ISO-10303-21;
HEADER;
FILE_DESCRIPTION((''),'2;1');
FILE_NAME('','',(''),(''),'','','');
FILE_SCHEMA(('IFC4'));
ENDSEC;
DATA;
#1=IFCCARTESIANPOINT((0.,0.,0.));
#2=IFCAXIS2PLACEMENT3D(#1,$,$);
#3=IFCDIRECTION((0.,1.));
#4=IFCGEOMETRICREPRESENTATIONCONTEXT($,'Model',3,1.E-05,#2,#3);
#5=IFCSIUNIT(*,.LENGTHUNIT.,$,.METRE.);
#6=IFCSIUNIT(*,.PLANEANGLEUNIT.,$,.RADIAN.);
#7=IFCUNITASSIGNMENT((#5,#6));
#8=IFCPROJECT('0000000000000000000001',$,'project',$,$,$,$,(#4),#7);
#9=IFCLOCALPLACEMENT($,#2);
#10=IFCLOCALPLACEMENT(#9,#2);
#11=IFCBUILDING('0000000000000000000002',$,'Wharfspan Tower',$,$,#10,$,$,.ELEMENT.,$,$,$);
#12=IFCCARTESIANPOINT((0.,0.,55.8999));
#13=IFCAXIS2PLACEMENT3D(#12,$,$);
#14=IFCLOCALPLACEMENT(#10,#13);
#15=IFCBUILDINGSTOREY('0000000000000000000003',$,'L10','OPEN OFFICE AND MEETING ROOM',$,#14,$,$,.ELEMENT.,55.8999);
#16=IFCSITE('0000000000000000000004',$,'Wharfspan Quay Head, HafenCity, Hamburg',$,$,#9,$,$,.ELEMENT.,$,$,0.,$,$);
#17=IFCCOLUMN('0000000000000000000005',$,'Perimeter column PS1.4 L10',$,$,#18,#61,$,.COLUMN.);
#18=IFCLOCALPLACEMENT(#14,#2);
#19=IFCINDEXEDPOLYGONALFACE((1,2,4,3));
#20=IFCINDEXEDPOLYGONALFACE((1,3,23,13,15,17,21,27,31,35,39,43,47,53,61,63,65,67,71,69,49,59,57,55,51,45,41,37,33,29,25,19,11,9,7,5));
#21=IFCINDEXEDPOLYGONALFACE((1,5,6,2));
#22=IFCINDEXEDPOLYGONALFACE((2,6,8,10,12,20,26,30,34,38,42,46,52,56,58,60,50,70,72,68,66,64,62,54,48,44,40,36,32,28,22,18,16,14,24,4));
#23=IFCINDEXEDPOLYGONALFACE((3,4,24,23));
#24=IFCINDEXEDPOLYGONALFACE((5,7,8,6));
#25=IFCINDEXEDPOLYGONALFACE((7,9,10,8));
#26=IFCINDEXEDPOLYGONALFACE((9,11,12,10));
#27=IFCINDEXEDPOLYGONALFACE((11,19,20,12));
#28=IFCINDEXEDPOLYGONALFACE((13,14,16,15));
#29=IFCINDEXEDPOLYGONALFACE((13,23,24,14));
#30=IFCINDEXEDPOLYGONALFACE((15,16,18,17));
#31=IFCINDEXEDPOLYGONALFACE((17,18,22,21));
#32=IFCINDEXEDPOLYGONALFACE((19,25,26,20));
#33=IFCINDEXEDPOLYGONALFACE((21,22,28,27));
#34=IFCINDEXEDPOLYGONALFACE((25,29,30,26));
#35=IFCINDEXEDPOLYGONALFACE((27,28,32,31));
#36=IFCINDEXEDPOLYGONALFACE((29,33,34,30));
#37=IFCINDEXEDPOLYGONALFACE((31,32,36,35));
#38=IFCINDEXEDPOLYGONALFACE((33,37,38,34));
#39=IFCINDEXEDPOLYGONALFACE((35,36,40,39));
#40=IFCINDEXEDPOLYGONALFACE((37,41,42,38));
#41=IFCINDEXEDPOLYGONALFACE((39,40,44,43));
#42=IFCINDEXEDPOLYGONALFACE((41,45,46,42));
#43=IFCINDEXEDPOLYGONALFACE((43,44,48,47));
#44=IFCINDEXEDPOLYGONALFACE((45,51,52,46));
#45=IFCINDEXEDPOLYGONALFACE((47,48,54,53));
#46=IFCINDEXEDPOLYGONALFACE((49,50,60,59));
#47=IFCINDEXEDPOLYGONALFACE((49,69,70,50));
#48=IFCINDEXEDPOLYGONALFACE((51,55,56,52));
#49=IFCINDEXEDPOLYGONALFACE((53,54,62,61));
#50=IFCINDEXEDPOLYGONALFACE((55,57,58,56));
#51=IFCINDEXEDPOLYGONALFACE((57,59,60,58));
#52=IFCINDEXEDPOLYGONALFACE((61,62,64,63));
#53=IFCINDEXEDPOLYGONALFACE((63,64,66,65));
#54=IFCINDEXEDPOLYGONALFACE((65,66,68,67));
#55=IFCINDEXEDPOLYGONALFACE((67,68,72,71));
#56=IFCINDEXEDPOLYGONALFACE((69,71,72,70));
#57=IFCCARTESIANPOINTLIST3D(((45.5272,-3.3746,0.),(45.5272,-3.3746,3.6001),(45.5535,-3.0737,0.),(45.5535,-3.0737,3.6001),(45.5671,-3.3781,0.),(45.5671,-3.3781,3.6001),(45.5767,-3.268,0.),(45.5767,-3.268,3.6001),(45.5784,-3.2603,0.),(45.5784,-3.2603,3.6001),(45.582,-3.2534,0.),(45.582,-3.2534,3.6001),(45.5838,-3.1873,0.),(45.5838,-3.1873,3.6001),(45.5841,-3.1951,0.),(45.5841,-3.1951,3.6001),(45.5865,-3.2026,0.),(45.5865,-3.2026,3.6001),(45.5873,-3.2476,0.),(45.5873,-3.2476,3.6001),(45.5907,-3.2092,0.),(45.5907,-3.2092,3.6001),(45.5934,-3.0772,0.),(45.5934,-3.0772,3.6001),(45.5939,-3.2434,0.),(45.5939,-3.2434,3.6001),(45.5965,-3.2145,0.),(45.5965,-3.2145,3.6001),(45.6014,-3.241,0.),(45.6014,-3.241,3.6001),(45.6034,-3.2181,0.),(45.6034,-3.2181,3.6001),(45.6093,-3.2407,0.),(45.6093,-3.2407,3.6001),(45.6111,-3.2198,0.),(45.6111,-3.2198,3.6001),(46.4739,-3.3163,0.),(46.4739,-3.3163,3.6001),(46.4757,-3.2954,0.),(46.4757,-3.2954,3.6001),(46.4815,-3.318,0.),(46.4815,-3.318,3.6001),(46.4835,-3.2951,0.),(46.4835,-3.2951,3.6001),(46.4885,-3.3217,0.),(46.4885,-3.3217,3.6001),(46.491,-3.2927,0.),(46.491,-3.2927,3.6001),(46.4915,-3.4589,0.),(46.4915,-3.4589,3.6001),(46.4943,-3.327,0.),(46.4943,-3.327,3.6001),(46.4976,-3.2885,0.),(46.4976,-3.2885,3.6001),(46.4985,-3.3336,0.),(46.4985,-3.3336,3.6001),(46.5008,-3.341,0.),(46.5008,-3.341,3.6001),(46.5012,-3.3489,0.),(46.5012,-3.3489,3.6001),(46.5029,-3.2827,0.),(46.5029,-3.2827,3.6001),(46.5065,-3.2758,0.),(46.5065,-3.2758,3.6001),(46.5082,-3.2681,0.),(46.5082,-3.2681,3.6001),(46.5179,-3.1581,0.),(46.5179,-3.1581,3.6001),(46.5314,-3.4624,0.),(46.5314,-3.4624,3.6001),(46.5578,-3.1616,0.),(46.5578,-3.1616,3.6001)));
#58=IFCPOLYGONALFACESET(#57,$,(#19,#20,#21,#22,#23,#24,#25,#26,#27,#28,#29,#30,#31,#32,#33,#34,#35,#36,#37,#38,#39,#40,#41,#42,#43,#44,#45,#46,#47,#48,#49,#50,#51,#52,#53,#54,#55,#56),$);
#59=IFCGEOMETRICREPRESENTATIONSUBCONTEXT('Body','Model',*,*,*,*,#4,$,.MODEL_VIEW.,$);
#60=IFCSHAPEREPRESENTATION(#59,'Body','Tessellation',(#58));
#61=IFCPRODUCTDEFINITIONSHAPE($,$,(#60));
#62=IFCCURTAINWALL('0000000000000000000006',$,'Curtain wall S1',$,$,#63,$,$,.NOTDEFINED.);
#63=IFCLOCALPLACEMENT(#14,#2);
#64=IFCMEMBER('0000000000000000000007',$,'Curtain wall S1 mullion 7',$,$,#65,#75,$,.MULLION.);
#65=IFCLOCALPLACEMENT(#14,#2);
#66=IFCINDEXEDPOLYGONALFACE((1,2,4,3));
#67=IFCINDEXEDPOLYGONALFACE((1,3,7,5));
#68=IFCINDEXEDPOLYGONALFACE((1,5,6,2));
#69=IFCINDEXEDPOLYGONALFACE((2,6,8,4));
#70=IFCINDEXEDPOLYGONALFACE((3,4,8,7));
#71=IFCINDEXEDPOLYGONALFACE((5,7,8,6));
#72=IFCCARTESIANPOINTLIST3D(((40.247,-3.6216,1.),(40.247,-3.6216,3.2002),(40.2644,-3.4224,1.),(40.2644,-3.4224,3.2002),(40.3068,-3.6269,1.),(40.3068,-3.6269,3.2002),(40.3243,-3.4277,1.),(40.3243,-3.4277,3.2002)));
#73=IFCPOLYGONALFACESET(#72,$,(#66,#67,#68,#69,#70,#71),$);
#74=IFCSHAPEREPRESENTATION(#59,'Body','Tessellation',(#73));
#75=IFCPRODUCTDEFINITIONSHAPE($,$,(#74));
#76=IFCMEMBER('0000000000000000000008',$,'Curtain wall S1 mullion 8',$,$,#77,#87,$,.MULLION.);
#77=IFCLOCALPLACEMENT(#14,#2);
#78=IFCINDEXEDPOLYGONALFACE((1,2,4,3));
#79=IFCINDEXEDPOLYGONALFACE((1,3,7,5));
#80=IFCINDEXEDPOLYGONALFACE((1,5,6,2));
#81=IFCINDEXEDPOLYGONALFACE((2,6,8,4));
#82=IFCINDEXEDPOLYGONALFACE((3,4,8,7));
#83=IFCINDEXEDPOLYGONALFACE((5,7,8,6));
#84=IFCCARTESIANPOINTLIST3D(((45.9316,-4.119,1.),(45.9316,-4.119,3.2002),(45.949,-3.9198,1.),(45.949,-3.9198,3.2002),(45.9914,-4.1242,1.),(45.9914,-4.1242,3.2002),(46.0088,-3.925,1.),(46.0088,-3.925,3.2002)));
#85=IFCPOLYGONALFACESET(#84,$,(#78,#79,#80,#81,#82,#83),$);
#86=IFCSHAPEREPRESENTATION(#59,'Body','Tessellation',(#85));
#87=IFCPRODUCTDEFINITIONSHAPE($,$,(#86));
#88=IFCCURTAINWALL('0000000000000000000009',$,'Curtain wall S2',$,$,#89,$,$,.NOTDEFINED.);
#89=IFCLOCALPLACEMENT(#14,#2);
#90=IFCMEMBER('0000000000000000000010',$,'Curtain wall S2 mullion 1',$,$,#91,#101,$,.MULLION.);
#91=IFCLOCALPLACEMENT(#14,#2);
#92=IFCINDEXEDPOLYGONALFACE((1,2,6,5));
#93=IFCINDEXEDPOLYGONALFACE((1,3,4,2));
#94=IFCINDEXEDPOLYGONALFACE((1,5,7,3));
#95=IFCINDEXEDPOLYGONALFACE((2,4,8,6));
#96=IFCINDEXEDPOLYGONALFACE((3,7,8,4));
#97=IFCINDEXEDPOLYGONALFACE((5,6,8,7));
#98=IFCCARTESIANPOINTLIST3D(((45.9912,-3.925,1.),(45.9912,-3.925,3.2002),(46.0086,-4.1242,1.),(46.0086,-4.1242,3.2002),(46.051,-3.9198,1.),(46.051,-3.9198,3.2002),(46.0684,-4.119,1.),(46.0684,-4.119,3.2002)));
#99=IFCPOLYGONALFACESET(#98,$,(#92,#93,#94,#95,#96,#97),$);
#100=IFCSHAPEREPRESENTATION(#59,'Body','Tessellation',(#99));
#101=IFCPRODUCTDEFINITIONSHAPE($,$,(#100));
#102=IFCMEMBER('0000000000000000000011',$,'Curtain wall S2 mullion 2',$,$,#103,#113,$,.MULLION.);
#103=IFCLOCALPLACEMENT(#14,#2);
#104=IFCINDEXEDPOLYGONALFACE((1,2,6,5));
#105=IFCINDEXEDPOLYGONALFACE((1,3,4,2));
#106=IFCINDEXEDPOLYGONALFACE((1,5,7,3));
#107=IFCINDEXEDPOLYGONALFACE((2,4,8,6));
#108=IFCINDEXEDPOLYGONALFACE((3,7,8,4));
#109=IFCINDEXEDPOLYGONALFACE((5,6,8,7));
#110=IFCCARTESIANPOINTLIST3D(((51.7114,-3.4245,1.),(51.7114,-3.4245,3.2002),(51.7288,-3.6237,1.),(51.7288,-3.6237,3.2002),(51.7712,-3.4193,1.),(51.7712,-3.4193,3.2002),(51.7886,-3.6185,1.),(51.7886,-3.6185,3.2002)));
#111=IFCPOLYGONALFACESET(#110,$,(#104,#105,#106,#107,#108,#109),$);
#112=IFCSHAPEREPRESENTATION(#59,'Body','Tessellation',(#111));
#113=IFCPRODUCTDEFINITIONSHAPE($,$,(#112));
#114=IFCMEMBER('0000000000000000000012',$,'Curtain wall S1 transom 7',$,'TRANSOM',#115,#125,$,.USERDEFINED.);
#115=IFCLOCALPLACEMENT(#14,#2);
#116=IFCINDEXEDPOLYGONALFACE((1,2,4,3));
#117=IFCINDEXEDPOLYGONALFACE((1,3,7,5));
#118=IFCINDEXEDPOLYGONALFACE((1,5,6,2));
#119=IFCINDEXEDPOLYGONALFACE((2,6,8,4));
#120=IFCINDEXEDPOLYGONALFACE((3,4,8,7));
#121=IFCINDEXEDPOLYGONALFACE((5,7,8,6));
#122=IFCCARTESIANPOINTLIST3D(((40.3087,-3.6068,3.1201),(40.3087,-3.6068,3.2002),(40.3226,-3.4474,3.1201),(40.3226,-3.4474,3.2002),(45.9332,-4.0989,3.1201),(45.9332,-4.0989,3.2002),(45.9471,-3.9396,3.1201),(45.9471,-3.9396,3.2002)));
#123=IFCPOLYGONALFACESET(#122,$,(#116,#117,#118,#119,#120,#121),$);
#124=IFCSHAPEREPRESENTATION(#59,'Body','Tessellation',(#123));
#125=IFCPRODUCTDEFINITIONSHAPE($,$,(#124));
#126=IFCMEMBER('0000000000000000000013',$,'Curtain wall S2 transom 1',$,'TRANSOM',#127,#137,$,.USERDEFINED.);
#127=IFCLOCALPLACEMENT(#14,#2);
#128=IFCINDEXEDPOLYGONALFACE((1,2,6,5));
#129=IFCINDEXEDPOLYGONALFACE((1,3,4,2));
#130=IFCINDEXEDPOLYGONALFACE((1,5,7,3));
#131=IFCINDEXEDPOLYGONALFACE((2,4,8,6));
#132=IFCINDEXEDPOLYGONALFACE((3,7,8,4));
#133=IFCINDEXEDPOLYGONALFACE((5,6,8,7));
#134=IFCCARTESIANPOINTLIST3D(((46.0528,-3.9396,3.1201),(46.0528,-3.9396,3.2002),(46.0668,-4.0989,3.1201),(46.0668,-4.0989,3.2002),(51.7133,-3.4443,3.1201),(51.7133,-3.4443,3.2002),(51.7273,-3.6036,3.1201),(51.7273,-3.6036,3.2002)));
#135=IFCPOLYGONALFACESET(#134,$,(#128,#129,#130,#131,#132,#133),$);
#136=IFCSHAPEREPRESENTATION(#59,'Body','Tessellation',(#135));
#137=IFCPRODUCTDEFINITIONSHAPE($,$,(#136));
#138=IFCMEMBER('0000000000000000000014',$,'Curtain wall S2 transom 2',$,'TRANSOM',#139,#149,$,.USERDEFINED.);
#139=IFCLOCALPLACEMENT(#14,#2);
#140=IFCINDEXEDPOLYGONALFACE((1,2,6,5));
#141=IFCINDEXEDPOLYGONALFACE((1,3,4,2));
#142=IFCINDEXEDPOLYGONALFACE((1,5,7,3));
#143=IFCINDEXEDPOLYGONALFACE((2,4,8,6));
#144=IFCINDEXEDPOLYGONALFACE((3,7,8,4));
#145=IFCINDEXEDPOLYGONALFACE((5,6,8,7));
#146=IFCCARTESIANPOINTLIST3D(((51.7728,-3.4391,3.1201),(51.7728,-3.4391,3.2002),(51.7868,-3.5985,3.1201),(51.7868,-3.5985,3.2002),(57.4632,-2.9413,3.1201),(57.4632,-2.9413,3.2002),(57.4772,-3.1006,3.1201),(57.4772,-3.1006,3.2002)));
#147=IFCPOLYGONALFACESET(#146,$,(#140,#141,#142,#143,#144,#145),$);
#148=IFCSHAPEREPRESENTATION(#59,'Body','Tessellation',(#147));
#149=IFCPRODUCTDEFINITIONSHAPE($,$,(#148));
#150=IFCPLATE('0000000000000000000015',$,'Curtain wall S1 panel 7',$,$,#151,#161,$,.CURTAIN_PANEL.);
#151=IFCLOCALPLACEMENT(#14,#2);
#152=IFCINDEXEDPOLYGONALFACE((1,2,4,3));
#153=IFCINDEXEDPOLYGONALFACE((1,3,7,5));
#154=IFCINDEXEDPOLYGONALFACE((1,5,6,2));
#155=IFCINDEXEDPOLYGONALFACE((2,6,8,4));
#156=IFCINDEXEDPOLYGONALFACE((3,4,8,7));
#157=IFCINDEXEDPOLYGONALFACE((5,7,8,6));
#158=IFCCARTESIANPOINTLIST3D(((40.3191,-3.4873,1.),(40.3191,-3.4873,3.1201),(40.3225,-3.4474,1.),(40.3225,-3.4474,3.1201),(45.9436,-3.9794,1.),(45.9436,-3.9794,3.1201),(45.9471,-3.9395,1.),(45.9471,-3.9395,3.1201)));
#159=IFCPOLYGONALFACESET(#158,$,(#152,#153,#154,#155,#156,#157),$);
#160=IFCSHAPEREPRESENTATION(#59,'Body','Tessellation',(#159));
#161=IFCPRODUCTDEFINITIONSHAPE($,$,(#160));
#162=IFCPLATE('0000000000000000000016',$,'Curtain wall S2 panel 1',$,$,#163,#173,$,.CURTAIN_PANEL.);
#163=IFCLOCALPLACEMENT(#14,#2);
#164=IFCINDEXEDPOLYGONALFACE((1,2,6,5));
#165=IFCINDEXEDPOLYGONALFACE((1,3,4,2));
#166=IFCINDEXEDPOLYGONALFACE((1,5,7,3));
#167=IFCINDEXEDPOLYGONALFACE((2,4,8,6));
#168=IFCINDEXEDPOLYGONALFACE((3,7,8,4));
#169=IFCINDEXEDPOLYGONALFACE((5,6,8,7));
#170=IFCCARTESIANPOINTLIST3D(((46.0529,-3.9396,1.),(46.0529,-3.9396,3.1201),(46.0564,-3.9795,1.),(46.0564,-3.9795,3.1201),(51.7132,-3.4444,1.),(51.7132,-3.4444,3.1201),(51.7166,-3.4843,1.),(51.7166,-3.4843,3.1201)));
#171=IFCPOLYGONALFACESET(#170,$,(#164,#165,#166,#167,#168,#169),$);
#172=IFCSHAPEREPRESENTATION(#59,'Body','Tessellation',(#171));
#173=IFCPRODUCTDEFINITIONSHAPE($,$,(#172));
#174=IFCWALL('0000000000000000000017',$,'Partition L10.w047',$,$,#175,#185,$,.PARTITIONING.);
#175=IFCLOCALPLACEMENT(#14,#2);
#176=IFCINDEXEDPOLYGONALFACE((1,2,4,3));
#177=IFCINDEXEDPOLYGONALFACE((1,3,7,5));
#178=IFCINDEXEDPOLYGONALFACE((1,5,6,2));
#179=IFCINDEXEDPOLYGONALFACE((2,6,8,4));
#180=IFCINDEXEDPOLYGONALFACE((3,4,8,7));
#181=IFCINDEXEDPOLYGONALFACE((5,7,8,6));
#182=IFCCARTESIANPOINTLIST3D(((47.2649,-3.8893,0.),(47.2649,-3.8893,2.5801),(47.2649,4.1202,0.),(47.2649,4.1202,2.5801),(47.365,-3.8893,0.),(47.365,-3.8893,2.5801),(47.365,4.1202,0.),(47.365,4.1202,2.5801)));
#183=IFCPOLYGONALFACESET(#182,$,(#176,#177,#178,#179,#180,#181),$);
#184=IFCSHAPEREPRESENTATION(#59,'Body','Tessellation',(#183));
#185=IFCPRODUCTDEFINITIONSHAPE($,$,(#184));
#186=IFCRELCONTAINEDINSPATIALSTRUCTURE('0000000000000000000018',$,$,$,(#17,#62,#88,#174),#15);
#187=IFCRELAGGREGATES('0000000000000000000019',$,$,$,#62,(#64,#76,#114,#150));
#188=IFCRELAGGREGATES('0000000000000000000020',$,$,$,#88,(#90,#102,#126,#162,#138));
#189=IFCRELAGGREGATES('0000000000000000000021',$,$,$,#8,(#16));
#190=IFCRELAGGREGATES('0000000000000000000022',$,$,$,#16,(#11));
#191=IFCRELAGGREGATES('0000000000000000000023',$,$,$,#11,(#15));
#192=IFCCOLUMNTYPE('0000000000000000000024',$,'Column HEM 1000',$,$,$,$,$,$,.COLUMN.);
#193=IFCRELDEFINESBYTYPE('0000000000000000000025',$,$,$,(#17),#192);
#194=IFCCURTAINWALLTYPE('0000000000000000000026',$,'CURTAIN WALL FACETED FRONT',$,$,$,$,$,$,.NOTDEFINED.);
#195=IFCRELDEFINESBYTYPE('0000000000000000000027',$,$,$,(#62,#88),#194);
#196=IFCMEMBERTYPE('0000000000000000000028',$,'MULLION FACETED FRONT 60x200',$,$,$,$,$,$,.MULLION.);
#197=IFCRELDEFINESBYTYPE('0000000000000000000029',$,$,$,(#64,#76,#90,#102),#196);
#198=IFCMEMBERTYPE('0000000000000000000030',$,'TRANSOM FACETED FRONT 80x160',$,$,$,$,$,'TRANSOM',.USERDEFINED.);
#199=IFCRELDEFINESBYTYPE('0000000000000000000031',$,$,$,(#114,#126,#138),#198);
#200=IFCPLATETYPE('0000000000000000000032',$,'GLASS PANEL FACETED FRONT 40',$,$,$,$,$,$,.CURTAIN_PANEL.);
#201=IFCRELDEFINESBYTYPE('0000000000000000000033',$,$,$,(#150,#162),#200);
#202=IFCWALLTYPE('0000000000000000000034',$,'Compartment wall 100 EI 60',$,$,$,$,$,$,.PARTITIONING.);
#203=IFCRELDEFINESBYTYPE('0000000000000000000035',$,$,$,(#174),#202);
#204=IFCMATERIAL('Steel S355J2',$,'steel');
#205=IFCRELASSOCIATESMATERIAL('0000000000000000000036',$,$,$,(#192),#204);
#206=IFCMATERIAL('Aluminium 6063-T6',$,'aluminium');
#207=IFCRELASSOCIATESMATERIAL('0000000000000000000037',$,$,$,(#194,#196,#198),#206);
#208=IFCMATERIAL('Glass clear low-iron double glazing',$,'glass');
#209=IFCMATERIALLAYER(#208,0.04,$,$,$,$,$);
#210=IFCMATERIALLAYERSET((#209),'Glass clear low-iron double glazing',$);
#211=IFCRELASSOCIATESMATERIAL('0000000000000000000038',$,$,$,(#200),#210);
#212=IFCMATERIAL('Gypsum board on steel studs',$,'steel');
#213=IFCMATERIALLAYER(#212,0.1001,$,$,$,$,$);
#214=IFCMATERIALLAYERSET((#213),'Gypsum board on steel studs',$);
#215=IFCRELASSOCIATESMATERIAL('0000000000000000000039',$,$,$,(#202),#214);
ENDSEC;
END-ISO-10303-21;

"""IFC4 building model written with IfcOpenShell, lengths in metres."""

from ifc_helpers import new_model, si_unit, direction, frame, frame_2d, origin, origin_2d, place, context, subcontext, project, spatial, rectangle, i_section, extrude, material, layer, layer_set, material_profile, profile_set, type_object, element, aggregate, save


model = new_model("IFC4")

# Units and contexts
model_context = context("Model", 3, precision=1e-05, world=origin(), true_north=direction((0.0, 1.0)))
body_context = subcontext(model_context, "Body", "Model", "MODEL_VIEW")
ifc_project = project(units=[si_unit("LENGTHUNIT", "METRE"), si_unit("PLANEANGLEUNIT", "RADIAN")], contexts=[model_context])

# Site, building, storey
site_placement = place(None, origin())
site = spatial("IfcSite", under=ifc_project, at=site_placement, Name="Wharfspan Quay Head, HafenCity, Hamburg", CompositionType="ELEMENT", RefElevation=0.0)
building_placement = place(site_placement, origin())
building = spatial("IfcBuilding", under=site, at=building_placement, Name="Wharfspan Tower", CompositionType="ELEMENT")
storey_placement = place(building_placement, frame((0.0, 0.0, 55.8999)))
storey = spatial("IfcBuildingStorey", under=building, at=storey_placement, Name="L10", Description="OPEN OFFICE AND MEETING ROOM", CompositionType="ELEMENT", Elevation=55.8999)

# Column
ifc_material_1 = material(Name="Steel S355J2", Category="steel")
ifc_material_profile_1 = material_profile(ifc_material_1, i_section(OverallWidth=0.302, OverallDepth=1.0081, WebThickness=0.021, FlangeThickness=0.04, FilletRadius=0.03, at=origin_2d()))
ifc_profile_set_1 = profile_set([ifc_material_profile_1], Name="Steel S355J2")
column_type = type_object("IfcColumnType", Name="Column HEM 1000", PredefinedType="COLUMN", material=ifc_profile_set_1)
column_placement = place(storey_placement, frame((46.0425, -3.2681, 0.0), z_axis=(0.0, 0.0, 1.0), x_axis=(-0.087156, -0.996198, 0.0)))
element("IfcColumn", 1, at=column_placement, inside=storey, type_object=column_type, Name="Perimeter column PS1.4 L10", PredefinedType="COLUMN", context=body_context, shape_type="SweptSolid", body=[
    extrude(i_section(OverallWidth=0.302, OverallDepth=1.0081, WebThickness=0.021, FlangeThickness=0.04, FilletRadius=0.03, at=origin_2d()), origin(), (0.0, 0.0, 1.0), 3.6001),
])

# Curtain walls, members
ifc_material_2 = material(Name="Aluminium 6063-T6", Category="aluminium")
curtain_wall_type = type_object("IfcCurtainWallType", Name="CURTAIN WALL FACETED FRONT", PredefinedType="NOTDEFINED", material=ifc_material_2)
curtain_wall_1_placement = place(storey_placement, origin())
curtain_wall_1 = element("IfcCurtainWall", 2, at=curtain_wall_1_placement, inside=storey, type_object=curtain_wall_type, Name="Curtain wall S1", PredefinedType="NOTDEFINED")
ifc_material_profile_2 = material_profile(ifc_material_2, rectangle(XDim=0.2, YDim=0.0601, at=origin_2d()))
ifc_profile_set_2 = profile_set([ifc_material_profile_2], Name="Aluminium 6063-T6")
member_type_1 = type_object("IfcMemberType", Name="MULLION FACETED FRONT 60x200", PredefinedType="MULLION", material=ifc_profile_set_2)
member_1_placement = place(storey_placement, frame((40.2856, -3.5247, 1.0), z_axis=(0.0, 0.0, 1.0), x_axis=(0.087156, 0.996197, 0.0)))
member_1 = element("IfcMember", 3, at=member_1_placement, type_object=member_type_1, Name="Curtain wall S1 mullion 7", PredefinedType="MULLION", context=body_context, shape_type="SweptSolid", body=[
    extrude(rectangle(XDim=0.2, YDim=0.0601, at=origin_2d()), origin(), (0.0, 0.0, 1.0), 2.2002),
])
member_2_placement = place(storey_placement, frame((45.9702, -4.022, 1.0), z_axis=(0.0, 0.0, 1.0), x_axis=(0.087156, 0.996197, 0.0)))
member_2 = element("IfcMember", 4, at=member_2_placement, type_object=member_type_1, Name="Curtain wall S1 mullion 8", PredefinedType="MULLION", context=body_context, shape_type="SweptSolid", body=[
    extrude(rectangle(XDim=0.2, YDim=0.0601, at=origin_2d()), origin(), (0.0, 0.0, 1.0), 2.2002),
])
curtain_wall_2_placement = place(storey_placement, origin())
curtain_wall_2 = element("IfcCurtainWall", 5, at=curtain_wall_2_placement, inside=storey, type_object=curtain_wall_type, Name="Curtain wall S2", PredefinedType="NOTDEFINED")
member_3_placement = place(storey_placement, frame((46.0298, -4.022, 1.0), z_axis=(0.0, 0.0, 1.0), x_axis=(-0.087156, 0.996197, 0.0)))
member_3 = element("IfcMember", 6, at=member_3_placement, type_object=member_type_1, Name="Curtain wall S2 mullion 1", PredefinedType="MULLION", context=body_context, shape_type="SweptSolid", body=[
    extrude(rectangle(XDim=0.2, YDim=0.0601, at=origin_2d()), origin(), (0.0, 0.0, 1.0), 2.2002),
])
member_4_placement = place(storey_placement, frame((51.75, -3.5215, 1.0), z_axis=(0.0, 0.0, 1.0), x_axis=(-0.087156, 0.996197, 0.0)))
member_4 = element("IfcMember", 7, at=member_4_placement, type_object=member_type_1, Name="Curtain wall S2 mullion 2", PredefinedType="MULLION", context=body_context, shape_type="SweptSolid", body=[
    extrude(rectangle(XDim=0.2, YDim=0.0601, at=origin_2d()), origin(), (0.0, 0.0, 1.0), 2.2002),
])

# Members
ifc_material_profile_3 = material_profile(ifc_material_2, rectangle(XDim=0.1599, YDim=0.0801, at=origin_2d()))
ifc_profile_set_3 = profile_set([ifc_material_profile_3], Name="Aluminium 6063-T6")
member_type_2 = type_object("IfcMemberType", Name="TRANSOM FACETED FRONT 80x160", ElementType="TRANSOM", PredefinedType="USERDEFINED", material=ifc_profile_set_3)
member_5_placement = place(storey_placement, frame((40.3157, -3.5271, 3.1602), z_axis=(0.996193, -0.087174, 0.0), x_axis=(0.087174, 0.996193, 0.0)))
member_5 = element("IfcMember", 8, at=member_5_placement, type_object=member_type_2, Name="Curtain wall S1 transom 7", ObjectType="TRANSOM", PredefinedType="USERDEFINED", context=body_context, shape_type="SweptSolid", body=[
    extrude(rectangle(XDim=0.1599, YDim=0.0801, at=origin_2d()), origin(), (0.0, 0.0, 1.0), 5.646),
])
member_6_placement = place(storey_placement, frame((46.0598, -4.0193, 3.1602), z_axis=(0.996193, 0.08718, 0.0), x_axis=(-0.08718, 0.996193, 0.0)))
member_6 = element("IfcMember", 9, at=member_6_placement, type_object=member_type_2, Name="Curtain wall S2 transom 1", ObjectType="TRANSOM", PredefinedType="USERDEFINED", context=body_context, shape_type="SweptSolid", body=[
    extrude(rectangle(XDim=0.1599, YDim=0.0801, at=origin_2d()), origin(), (0.0, 0.0, 1.0), 5.6821),
])
member_7_placement = place(storey_placement, frame((51.7798, -3.5188, 3.1602), z_axis=(0.996195, 0.087148, 0.0), x_axis=(-0.087148, 0.996195, 0.0)))
member_7 = element("IfcMember", 10, at=member_7_placement, type_object=member_type_2, Name="Curtain wall S2 transom 2", ObjectType="TRANSOM", PredefinedType="USERDEFINED", context=body_context, shape_type="SweptSolid", body=[
    extrude(rectangle(XDim=0.1599, YDim=0.0801, at=origin_2d()), origin(), (0.0, 0.0, 1.0), 5.7122),
])

# Plates
ifc_material_3 = material(Name="Glass clear low-iron double glazing", Category="glass")
ifc_layer_1 = layer(ifc_material_3, 0.04)
ifc_layer_set_1 = layer_set([ifc_layer_1], Name="Glass clear low-iron double glazing")
plate_type = type_object("IfcPlateType", Name="GLASS PANEL FACETED FRONT 40", PredefinedType="CURTAIN_PANEL", material=ifc_layer_set_1)
plate_1_placement = place(storey_placement, frame((43.1331, -3.7134, 1.0), z_axis=(0.0, 0.0, 1.0), x_axis=(0.996197, -0.087156, 0.0)))
plate_1 = element("IfcPlate", 11, at=plate_1_placement, type_object=plate_type, Name="Curtain wall S1 panel 7", PredefinedType="CURTAIN_PANEL", context=body_context, shape_type="SweptSolid", body=[
    extrude(rectangle(XDim=5.646, YDim=0.04, at=origin_2d()), origin(), (0.0, 0.0, 1.0), 2.1201),
])
aggregate(curtain_wall_1, [member_1, member_2, member_5, plate_1])
plate_2_placement = place(storey_placement, frame((48.8848, -3.7119, 1.0), z_axis=(0.0, 0.0, 1.0), x_axis=(0.996197, 0.087156, 0.0)))
plate_2 = element("IfcPlate", 12, at=plate_2_placement, type_object=plate_type, Name="Curtain wall S2 panel 1", PredefinedType="CURTAIN_PANEL", context=body_context, shape_type="SweptSolid", body=[
    extrude(rectangle(XDim=5.6819, YDim=0.04, at=origin_2d()), origin(), (0.0, 0.0, 1.0), 2.1201),
])
aggregate(curtain_wall_2, [member_3, member_4, member_6, plate_2, member_7])

# Wall
ifc_material_4 = material(Name="Gypsum board on steel studs", Category="steel")
ifc_layer_2 = layer(ifc_material_4, 0.1001)
ifc_layer_set_2 = layer_set([ifc_layer_2], Name="Gypsum board on steel studs")
wall_type_1 = type_object("IfcWallType", Name="Compartment wall 100 EI 60", PredefinedType="PARTITIONING", material=ifc_layer_set_2)
wall_1_placement = place(storey_placement, frame((47.3149, -3.8894, 0.0), z_axis=(0.0, 0.0, 1.0), x_axis=(0.0, 1.0, 0.0)))
element("IfcWall", 13, at=wall_1_placement, inside=storey, type_object=wall_type_1, Name="Partition L10.w047", PredefinedType="PARTITIONING", context=body_context, shape_type="SweptSolid", body=[
    extrude(rectangle(XDim=8.0095, YDim=0.1001, at=frame_2d((4.0049, 0.0))), origin(), (0.0, 0.0, 1.0), 2.5801),
])

save(model, "model.ifc")
